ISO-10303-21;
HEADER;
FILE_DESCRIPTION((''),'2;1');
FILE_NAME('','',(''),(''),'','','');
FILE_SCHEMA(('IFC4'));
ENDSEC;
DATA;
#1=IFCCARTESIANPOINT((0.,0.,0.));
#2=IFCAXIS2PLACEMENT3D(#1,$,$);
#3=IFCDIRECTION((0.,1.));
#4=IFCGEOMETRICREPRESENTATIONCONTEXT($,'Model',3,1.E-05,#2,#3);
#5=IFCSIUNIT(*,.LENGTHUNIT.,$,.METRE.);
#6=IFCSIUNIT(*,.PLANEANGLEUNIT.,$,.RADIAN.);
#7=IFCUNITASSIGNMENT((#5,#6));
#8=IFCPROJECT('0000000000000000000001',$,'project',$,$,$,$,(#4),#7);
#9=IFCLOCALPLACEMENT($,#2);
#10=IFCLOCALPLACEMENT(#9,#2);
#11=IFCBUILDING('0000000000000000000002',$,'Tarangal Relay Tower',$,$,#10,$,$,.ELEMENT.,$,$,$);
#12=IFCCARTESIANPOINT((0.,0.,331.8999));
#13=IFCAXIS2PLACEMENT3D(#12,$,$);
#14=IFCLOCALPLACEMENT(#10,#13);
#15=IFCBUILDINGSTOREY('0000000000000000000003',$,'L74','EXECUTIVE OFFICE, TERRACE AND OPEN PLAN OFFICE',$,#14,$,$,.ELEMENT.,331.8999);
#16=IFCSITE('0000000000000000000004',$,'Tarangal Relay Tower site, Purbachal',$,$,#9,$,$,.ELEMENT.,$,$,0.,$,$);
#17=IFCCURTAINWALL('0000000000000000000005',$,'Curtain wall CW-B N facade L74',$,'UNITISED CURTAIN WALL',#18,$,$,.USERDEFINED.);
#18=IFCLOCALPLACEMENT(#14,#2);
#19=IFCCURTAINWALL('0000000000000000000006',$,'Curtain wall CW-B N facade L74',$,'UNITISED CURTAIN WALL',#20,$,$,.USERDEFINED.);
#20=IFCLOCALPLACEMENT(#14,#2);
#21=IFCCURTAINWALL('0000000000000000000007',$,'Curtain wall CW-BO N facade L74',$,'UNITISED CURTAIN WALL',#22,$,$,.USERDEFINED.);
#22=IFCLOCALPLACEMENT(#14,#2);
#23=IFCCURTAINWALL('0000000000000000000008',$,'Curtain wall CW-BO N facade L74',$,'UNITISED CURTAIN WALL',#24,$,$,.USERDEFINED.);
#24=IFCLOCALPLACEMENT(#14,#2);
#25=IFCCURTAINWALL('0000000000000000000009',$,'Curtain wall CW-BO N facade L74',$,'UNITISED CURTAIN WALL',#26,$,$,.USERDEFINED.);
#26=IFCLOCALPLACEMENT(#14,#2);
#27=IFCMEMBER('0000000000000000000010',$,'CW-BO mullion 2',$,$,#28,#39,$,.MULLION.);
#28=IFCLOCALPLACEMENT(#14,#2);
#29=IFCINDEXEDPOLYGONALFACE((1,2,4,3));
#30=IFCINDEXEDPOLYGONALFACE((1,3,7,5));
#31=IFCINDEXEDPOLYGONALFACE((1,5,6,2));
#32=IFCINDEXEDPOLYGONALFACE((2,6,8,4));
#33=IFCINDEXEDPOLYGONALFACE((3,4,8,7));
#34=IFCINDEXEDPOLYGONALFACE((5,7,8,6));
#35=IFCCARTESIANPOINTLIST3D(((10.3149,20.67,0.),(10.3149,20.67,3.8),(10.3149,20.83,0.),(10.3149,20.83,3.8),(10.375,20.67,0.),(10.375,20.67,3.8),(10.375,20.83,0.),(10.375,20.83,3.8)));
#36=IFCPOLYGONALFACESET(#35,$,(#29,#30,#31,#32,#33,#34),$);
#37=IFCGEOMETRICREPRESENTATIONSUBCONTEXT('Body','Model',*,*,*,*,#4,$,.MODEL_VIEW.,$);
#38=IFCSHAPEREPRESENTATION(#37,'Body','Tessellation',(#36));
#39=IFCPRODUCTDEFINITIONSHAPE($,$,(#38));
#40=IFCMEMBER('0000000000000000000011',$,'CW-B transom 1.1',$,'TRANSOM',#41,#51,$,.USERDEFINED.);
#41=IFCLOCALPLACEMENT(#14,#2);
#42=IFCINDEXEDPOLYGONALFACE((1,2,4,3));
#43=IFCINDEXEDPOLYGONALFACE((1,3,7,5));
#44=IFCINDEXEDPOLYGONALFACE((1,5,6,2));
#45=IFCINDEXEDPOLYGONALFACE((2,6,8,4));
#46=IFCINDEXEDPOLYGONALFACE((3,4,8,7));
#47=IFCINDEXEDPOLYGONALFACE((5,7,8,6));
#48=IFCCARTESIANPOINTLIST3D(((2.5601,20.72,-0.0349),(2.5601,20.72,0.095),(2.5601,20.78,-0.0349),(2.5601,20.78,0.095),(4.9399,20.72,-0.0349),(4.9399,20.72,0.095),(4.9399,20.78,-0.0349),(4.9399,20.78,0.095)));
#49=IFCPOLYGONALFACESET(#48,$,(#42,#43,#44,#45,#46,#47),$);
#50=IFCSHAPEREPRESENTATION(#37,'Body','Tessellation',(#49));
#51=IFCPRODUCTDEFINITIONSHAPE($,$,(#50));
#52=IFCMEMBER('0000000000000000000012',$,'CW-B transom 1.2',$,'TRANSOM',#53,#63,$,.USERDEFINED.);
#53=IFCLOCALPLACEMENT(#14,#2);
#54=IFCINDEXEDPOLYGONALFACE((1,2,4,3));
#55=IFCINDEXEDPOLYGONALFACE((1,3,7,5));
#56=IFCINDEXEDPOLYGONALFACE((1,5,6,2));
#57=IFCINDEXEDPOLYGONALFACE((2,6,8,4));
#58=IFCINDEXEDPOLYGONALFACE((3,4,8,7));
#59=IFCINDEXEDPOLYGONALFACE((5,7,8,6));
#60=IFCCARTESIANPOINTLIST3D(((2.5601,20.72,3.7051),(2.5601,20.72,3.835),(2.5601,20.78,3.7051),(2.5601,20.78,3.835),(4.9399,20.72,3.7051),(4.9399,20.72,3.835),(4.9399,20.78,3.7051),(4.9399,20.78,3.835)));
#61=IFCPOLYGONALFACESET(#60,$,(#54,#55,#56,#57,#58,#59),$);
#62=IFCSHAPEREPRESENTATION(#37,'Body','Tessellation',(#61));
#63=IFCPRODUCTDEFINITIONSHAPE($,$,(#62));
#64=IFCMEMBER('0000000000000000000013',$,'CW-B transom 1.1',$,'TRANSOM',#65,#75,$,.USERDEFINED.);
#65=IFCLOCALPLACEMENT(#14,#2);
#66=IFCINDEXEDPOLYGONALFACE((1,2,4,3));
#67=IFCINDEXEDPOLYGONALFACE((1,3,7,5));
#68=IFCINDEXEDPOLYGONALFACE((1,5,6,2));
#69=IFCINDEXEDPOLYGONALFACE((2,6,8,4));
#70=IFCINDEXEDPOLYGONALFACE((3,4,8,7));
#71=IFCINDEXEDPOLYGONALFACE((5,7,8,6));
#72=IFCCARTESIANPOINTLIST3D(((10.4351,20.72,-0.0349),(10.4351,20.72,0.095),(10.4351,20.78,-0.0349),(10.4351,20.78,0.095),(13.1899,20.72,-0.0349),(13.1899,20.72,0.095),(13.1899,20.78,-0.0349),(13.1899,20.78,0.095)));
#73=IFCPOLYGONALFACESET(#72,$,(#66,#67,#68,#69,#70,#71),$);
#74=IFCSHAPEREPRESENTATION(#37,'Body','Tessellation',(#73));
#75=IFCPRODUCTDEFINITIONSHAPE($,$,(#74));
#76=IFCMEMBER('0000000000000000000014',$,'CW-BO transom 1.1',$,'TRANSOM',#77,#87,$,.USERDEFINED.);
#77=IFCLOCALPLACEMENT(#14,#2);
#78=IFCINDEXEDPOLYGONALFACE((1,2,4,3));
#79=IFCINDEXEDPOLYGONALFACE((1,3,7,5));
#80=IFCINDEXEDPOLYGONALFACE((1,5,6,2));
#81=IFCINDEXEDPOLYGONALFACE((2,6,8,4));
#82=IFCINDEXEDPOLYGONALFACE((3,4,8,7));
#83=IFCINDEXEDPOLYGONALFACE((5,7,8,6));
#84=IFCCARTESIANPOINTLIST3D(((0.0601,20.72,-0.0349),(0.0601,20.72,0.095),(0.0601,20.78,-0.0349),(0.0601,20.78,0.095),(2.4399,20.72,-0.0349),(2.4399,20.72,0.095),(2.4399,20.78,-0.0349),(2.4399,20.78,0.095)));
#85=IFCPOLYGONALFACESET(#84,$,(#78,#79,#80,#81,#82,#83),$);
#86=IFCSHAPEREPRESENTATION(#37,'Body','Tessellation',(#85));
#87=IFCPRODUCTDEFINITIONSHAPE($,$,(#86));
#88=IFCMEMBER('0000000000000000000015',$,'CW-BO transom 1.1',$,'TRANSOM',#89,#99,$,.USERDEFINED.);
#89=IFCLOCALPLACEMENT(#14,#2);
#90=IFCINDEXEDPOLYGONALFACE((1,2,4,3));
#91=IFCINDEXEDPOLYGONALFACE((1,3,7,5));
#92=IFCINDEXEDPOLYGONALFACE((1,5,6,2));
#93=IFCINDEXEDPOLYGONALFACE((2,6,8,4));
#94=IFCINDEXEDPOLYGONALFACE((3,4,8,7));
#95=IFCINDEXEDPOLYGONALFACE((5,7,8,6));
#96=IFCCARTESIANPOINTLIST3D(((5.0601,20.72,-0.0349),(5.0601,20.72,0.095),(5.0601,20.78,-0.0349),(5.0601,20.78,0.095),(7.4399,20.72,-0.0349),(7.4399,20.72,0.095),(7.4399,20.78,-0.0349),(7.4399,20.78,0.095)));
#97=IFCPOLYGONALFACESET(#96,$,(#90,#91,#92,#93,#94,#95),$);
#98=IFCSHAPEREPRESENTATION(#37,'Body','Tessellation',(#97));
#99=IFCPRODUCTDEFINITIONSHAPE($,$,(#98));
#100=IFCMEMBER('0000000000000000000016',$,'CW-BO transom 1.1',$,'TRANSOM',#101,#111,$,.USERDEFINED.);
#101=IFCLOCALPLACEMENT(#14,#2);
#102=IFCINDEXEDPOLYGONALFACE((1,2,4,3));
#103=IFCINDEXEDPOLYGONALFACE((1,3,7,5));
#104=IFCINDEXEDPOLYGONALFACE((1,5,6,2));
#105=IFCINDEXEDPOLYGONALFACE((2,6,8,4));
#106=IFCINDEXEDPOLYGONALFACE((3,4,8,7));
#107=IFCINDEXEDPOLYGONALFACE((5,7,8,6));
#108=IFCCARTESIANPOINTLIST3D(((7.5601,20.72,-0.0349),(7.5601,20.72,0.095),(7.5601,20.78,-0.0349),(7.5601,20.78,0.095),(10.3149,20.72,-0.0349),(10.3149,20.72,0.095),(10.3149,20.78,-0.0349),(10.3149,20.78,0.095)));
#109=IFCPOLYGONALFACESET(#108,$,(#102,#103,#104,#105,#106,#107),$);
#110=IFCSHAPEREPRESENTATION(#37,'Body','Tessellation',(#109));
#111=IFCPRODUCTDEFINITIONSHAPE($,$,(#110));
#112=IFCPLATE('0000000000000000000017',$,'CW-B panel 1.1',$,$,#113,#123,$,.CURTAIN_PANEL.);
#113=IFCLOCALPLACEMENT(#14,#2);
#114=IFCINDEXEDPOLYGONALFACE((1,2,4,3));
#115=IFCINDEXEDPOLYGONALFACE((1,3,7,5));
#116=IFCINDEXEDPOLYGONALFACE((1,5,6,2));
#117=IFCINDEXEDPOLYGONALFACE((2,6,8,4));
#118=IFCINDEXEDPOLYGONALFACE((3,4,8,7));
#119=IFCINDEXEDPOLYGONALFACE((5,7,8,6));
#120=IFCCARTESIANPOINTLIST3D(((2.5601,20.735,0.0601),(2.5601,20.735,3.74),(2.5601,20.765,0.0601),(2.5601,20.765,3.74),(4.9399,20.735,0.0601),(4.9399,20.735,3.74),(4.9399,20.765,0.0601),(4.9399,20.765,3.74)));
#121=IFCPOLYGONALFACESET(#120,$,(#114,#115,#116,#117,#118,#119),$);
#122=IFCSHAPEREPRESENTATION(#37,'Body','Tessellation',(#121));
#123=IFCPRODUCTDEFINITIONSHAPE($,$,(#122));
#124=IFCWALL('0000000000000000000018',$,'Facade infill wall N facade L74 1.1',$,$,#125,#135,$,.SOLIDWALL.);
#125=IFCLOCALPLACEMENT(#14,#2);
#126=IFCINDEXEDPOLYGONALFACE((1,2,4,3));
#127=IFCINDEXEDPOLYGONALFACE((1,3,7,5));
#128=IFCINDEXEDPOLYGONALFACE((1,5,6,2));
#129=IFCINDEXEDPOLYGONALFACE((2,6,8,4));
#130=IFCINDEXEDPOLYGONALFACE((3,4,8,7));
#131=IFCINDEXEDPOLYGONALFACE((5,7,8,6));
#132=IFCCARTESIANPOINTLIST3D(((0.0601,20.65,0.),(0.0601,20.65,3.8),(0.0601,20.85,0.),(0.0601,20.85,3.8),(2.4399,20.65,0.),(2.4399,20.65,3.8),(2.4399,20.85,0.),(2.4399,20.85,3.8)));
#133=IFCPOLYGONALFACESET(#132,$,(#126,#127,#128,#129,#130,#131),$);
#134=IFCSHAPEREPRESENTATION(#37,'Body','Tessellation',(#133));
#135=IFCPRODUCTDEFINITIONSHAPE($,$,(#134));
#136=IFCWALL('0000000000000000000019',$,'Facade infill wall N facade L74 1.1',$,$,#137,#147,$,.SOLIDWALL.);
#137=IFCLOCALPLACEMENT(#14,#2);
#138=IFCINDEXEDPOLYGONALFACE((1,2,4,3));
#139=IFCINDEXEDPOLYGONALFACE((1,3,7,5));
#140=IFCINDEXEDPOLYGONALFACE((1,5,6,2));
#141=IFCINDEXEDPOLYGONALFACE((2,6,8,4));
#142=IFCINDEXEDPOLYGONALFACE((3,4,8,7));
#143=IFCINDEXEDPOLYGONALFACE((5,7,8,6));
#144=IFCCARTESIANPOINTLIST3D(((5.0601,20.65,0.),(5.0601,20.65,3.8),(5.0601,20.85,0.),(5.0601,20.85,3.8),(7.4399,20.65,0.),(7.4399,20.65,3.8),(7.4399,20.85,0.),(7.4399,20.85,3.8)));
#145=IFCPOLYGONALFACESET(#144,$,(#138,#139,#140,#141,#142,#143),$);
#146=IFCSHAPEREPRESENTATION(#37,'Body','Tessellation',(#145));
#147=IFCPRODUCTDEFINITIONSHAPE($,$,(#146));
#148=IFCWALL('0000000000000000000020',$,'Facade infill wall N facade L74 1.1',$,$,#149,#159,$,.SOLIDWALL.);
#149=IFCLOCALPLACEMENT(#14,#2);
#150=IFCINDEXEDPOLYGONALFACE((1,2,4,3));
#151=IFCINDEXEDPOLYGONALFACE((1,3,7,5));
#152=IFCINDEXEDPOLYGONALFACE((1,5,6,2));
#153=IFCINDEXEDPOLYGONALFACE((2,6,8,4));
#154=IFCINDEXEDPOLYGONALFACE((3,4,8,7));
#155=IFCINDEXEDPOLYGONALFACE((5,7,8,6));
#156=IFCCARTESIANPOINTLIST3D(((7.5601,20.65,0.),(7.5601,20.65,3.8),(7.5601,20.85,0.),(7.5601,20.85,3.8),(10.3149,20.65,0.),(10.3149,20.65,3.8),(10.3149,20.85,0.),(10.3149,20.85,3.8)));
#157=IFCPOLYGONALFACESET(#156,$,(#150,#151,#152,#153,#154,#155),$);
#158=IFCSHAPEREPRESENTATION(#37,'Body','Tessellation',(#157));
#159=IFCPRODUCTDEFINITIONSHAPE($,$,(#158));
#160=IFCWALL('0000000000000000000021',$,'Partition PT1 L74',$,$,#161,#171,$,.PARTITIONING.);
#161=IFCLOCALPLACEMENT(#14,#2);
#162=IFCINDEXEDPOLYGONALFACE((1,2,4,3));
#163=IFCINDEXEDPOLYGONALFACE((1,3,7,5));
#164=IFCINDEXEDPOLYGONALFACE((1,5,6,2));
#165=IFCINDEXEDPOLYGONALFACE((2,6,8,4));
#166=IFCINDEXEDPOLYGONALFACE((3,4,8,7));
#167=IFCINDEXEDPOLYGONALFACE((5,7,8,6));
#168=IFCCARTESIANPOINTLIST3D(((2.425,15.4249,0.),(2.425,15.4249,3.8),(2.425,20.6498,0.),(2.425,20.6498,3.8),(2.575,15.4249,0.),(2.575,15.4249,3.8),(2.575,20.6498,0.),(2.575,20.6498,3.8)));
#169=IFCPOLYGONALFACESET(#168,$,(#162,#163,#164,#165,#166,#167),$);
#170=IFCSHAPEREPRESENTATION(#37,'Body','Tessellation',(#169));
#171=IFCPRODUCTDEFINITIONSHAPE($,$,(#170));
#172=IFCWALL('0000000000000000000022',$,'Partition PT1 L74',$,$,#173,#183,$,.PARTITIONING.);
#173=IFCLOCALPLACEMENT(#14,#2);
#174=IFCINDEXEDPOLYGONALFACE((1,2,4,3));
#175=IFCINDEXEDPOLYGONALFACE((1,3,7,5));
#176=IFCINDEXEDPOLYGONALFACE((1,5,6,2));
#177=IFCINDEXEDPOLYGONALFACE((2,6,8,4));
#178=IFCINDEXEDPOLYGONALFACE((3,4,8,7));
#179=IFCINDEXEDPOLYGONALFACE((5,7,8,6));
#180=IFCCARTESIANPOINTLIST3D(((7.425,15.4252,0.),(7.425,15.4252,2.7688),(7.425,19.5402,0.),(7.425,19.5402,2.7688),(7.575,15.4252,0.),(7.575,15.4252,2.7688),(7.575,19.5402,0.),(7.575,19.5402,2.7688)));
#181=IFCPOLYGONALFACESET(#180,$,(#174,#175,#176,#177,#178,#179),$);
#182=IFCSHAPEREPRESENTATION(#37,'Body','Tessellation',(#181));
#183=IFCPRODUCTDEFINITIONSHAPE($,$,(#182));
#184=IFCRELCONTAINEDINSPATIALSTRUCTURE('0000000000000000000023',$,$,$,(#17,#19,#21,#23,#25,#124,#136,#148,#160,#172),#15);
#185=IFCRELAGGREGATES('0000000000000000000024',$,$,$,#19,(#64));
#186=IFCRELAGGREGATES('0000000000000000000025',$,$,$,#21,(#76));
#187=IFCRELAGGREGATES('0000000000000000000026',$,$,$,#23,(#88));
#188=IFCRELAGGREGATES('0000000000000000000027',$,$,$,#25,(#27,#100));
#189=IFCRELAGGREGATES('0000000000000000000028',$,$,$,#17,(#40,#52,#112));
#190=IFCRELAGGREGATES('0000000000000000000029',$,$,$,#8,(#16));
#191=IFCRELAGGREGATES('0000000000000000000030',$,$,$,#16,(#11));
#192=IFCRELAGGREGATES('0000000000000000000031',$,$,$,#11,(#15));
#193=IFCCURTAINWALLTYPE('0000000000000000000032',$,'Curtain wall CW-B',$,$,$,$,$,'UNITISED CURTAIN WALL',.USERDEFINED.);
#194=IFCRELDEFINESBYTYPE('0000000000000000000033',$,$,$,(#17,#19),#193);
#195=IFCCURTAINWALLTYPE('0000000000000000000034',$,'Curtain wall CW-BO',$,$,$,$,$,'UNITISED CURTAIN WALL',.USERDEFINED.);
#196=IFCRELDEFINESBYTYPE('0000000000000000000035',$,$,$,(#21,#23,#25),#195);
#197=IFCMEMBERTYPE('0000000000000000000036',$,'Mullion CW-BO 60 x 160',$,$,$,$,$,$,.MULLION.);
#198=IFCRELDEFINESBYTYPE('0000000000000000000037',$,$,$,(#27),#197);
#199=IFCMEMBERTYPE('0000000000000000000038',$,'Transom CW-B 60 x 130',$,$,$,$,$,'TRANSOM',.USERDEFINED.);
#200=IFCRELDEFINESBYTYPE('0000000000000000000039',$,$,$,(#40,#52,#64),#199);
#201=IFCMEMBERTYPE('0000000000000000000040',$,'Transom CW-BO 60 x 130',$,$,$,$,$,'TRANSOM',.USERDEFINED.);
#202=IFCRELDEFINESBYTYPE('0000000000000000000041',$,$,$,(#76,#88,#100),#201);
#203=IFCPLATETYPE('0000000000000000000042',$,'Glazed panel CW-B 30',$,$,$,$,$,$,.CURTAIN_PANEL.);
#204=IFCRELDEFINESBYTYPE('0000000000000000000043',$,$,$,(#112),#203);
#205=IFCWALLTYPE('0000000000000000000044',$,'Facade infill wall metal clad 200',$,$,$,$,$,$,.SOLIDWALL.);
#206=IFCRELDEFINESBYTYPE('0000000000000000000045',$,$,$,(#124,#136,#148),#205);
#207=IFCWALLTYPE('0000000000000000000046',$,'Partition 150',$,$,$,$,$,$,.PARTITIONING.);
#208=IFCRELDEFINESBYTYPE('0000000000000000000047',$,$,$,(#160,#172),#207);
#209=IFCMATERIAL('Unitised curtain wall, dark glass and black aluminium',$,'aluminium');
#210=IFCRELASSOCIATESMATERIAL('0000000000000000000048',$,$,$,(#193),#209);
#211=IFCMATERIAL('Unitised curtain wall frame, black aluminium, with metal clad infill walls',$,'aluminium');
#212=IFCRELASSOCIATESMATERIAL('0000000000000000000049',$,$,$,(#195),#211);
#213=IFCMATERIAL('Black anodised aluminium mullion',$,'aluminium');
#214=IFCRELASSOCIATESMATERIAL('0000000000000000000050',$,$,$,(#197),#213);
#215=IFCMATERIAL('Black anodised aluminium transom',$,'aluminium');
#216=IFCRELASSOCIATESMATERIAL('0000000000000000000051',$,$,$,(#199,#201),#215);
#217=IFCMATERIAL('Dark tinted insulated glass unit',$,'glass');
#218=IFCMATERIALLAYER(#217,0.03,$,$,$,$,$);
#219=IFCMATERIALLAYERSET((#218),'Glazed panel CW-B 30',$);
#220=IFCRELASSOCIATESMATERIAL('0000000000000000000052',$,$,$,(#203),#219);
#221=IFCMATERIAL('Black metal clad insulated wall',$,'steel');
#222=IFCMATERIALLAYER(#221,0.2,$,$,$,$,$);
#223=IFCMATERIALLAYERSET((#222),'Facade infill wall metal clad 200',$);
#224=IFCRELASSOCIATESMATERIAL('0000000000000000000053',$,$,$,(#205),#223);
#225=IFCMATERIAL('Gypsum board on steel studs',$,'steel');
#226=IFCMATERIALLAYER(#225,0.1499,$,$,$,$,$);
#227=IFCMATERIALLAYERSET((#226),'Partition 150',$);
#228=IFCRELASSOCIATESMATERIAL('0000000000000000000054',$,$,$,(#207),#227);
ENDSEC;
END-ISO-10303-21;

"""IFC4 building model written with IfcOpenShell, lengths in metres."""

from ifc_helpers import new_model, si_unit, direction, frame, frame_2d, origin, origin_2d, place, context, subcontext, project, spatial, rectangle, extrude, material, layer, layer_set, material_profile, profile_set, type_object, element, aggregate, save


model = new_model("IFC4")

# Units and contexts
model_context = context("Model", 3, precision=1e-05, world=origin(), true_north=direction((0.0, 1.0)))
body_context = subcontext(model_context, "Body", "Model", "MODEL_VIEW")
ifc_project = project(units=[si_unit("LENGTHUNIT", "METRE"), si_unit("PLANEANGLEUNIT", "RADIAN")], contexts=[model_context])

# Site, building, storey
site_placement = place(None, origin())
site = spatial("IfcSite", under=ifc_project, at=site_placement, Name="Tarangal Relay Tower site, Purbachal", CompositionType="ELEMENT", RefElevation=0.0)
building_placement = place(site_placement, origin())
building = spatial("IfcBuilding", under=site, at=building_placement, Name="Tarangal Relay Tower", CompositionType="ELEMENT")
storey_placement = place(building_placement, frame((0.0, 0.0, 331.8999)))
storey = spatial("IfcBuildingStorey", under=building, at=storey_placement, Name="L74", Description="EXECUTIVE OFFICE, TERRACE AND OPEN PLAN OFFICE", CompositionType="ELEMENT", Elevation=331.8999)

# Curtain wall
ifc_material_1 = material(Name="Unitised curtain wall, dark glass and black aluminium", Category="aluminium")
curtain_wall_type_1 = type_object("IfcCurtainWallType", Name="Curtain wall CW-B", ElementType="UNITISED CURTAIN WALL", PredefinedType="USERDEFINED", material=ifc_material_1)
curtain_wall_1_placement = place(storey_placement, origin())
curtain_wall_1 = element("IfcCurtainWall", 1, at=curtain_wall_1_placement, inside=storey, type_object=curtain_wall_type_1, Name="Curtain wall CW-B N facade L74", ObjectType="UNITISED CURTAIN WALL", PredefinedType="USERDEFINED")
ifc_material_2 = material(Name="Black anodised aluminium mullion", Category="aluminium")

# Curtain wall
curtain_wall_2_placement = place(storey_placement, origin())
curtain_wall_2 = element("IfcCurtainWall", 2, at=curtain_wall_2_placement, inside=storey, type_object=curtain_wall_type_1, Name="Curtain wall CW-B N facade L74", ObjectType="UNITISED CURTAIN WALL", PredefinedType="USERDEFINED")

# Curtain walls, member
ifc_material_3 = material(Name="Unitised curtain wall frame, black aluminium, with metal clad infill walls", Category="aluminium")
curtain_wall_type_2 = type_object("IfcCurtainWallType", Name="Curtain wall CW-BO", ElementType="UNITISED CURTAIN WALL", PredefinedType="USERDEFINED", material=ifc_material_3)
curtain_wall_3_placement = place(storey_placement, origin())
curtain_wall_3 = element("IfcCurtainWall", 3, at=curtain_wall_3_placement, inside=storey, type_object=curtain_wall_type_2, Name="Curtain wall CW-BO N facade L74", ObjectType="UNITISED CURTAIN WALL", PredefinedType="USERDEFINED")
ifc_material_profile_1 = material_profile(ifc_material_2, rectangle(XDim=0.1599, YDim=0.0601, at=origin_2d()), Name="CW-BOM 60X160")
ifc_profile_set_1 = profile_set([ifc_material_profile_1], Name="Black anodised aluminium mullion")
member_type_1 = type_object("IfcMemberType", Name="Mullion CW-BO 60 x 160", PredefinedType="MULLION", material=ifc_profile_set_1)
curtain_wall_4_placement = place(storey_placement, origin())
curtain_wall_4 = element("IfcCurtainWall", 4, at=curtain_wall_4_placement, inside=storey, type_object=curtain_wall_type_2, Name="Curtain wall CW-BO N facade L74", ObjectType="UNITISED CURTAIN WALL", PredefinedType="USERDEFINED")
curtain_wall_5_placement = place(storey_placement, origin())
curtain_wall_5 = element("IfcCurtainWall", 5, at=curtain_wall_5_placement, inside=storey, type_object=curtain_wall_type_2, Name="Curtain wall CW-BO N facade L74", ObjectType="UNITISED CURTAIN WALL", PredefinedType="USERDEFINED")
member_1_placement = place(storey_placement, frame((10.345, 20.75, 0.0), z_axis=(0.0, 0.0, 1.0), x_axis=(0.0, 1.0, 0.0)))
member_1 = element("IfcMember", 6, at=member_1_placement, type_object=member_type_1, Name="CW-BO mullion 2", PredefinedType="MULLION", context=body_context, shape_type="SweptSolid", body=[
    extrude(rectangle(XDim=0.1599, YDim=0.0601, at=origin_2d()), origin(), (0.0, 0.0, 1.0), 3.8),
])

# Members
ifc_material_4 = material(Name="Black anodised aluminium transom", Category="aluminium")
ifc_material_profile_2 = material_profile(ifc_material_4, rectangle(XDim=0.0601, YDim=0.1299, at=origin_2d()), Name="CW-BT 60X130")
ifc_profile_set_2 = profile_set([ifc_material_profile_2], Name="Black anodised aluminium transom")
member_type_2 = type_object("IfcMemberType", Name="Transom CW-B 60 x 130", ElementType="TRANSOM", PredefinedType="USERDEFINED", material=ifc_profile_set_2)
member_2_placement = place(storey_placement, frame((2.5601, 20.75, 0.03), z_axis=(1.0, 0.0, 0.0), x_axis=(0.0, 1.0, 0.0)))
member_2 = element("IfcMember", 7, at=member_2_placement, type_object=member_type_2, Name="CW-B transom 1.1", ObjectType="TRANSOM", PredefinedType="USERDEFINED", context=body_context, shape_type="SweptSolid", body=[
    extrude(rectangle(XDim=0.0601, YDim=0.1299, at=origin_2d()), origin(), (0.0, 0.0, 1.0), 2.3799),
])
member_3_placement = place(storey_placement, frame((2.5601, 20.75, 3.77), z_axis=(1.0, 0.0, 0.0), x_axis=(0.0, 1.0, 0.0)))
member_3 = element("IfcMember", 8, at=member_3_placement, type_object=member_type_2, Name="CW-B transom 1.2", ObjectType="TRANSOM", PredefinedType="USERDEFINED", context=body_context, shape_type="SweptSolid", body=[
    extrude(rectangle(XDim=0.0601, YDim=0.1299, at=origin_2d()), origin(), (0.0, 0.0, 1.0), 2.3799),
])
member_4_placement = place(storey_placement, frame((10.4351, 20.75, 0.03), z_axis=(1.0, 0.0, 0.0), x_axis=(0.0, 1.0, 0.0)))
member_4 = element("IfcMember", 9, at=member_4_placement, type_object=member_type_2, Name="CW-B transom 1.1", ObjectType="TRANSOM", PredefinedType="USERDEFINED", context=body_context, shape_type="SweptSolid", body=[
    extrude(rectangle(XDim=0.0601, YDim=0.1299, at=origin_2d()), origin(), (0.0, 0.0, 1.0), 2.7549),
])
aggregate(curtain_wall_2, [member_4])
ifc_material_profile_3 = material_profile(ifc_material_4, rectangle(XDim=0.0601, YDim=0.1299, at=origin_2d()), Name="CW-BOT 60X130")
ifc_profile_set_3 = profile_set([ifc_material_profile_3], Name="Black anodised aluminium transom")
member_type_3 = type_object("IfcMemberType", Name="Transom CW-BO 60 x 130", ElementType="TRANSOM", PredefinedType="USERDEFINED", material=ifc_profile_set_3)
member_5_placement = place(storey_placement, frame((0.0601, 20.75, 0.03), z_axis=(1.0, 0.0, 0.0), x_axis=(0.0, 1.0, 0.0)))
member_5 = element("IfcMember", 10, at=member_5_placement, type_object=member_type_3, Name="CW-BO transom 1.1", ObjectType="TRANSOM", PredefinedType="USERDEFINED", context=body_context, shape_type="SweptSolid", body=[
    extrude(rectangle(XDim=0.0601, YDim=0.1299, at=origin_2d()), origin(), (0.0, 0.0, 1.0), 2.3799),
])
aggregate(curtain_wall_3, [member_5])
member_6_placement = place(storey_placement, frame((5.0601, 20.75, 0.03), z_axis=(1.0, 0.0, 0.0), x_axis=(0.0, 1.0, 0.0)))
member_6 = element("IfcMember", 11, at=member_6_placement, type_object=member_type_3, Name="CW-BO transom 1.1", ObjectType="TRANSOM", PredefinedType="USERDEFINED", context=body_context, shape_type="SweptSolid", body=[
    extrude(rectangle(XDim=0.0601, YDim=0.1299, at=origin_2d()), origin(), (0.0, 0.0, 1.0), 2.3799),
])
aggregate(curtain_wall_4, [member_6])
member_7_placement = place(storey_placement, frame((7.5601, 20.75, 0.03), z_axis=(1.0, 0.0, 0.0), x_axis=(0.0, 1.0, 0.0)))
member_7 = element("IfcMember", 12, at=member_7_placement, type_object=member_type_3, Name="CW-BO transom 1.1", ObjectType="TRANSOM", PredefinedType="USERDEFINED", context=body_context, shape_type="SweptSolid", body=[
    extrude(rectangle(XDim=0.0601, YDim=0.1299, at=origin_2d()), origin(), (0.0, 0.0, 1.0), 2.7549),
])
aggregate(curtain_wall_5, [member_1, member_7])

# Plate
ifc_material_5 = material(Name="Dark tinted insulated glass unit", Category="glass")
ifc_layer_1 = layer(ifc_material_5, 0.03)
ifc_layer_set_1 = layer_set([ifc_layer_1], Name="Glazed panel CW-B 30")
plate_type = type_object("IfcPlateType", Name="Glazed panel CW-B 30", PredefinedType="CURTAIN_PANEL", material=ifc_layer_set_1)
plate_placement = place(storey_placement, frame((3.75, 20.75, 0.0601), z_axis=(0.0, 0.0, 1.0), x_axis=(1.0, 0.0, 0.0)))
plate = element("IfcPlate", 13, at=plate_placement, type_object=plate_type, Name="CW-B panel 1.1", PredefinedType="CURTAIN_PANEL", context=body_context, shape_type="SweptSolid", body=[
    extrude(rectangle(XDim=2.3799, YDim=0.03, at=origin_2d()), origin(), (0.0, 0.0, 1.0), 3.6799),
])
aggregate(curtain_wall_1, [member_2, member_3, plate])

# Walls
ifc_material_6 = material(Name="Black metal clad insulated wall", Category="steel")
ifc_layer_2 = layer(ifc_material_6, 0.2)
ifc_layer_set_2 = layer_set([ifc_layer_2], Name="Facade infill wall metal clad 200")
wall_type_1 = type_object("IfcWallType", Name="Facade infill wall metal clad 200", PredefinedType="SOLIDWALL", material=ifc_layer_set_2)
for number, where, z_axis, x_axis, name in (
    (14, (0.0601, 20.75, 0.0), (0.0, 0.0, 1.0), (1.0, 0.0, 0.0), "Facade infill wall N facade L74 1.1"),
    (15, (5.0601, 20.75, 0.0), (0.0, 0.0, 1.0), (1.0, 0.0, 0.0), "Facade infill wall N facade L74 1.1"),
):
    element("IfcWall", number, at=place(storey_placement, frame(where, z_axis=z_axis, x_axis=x_axis)), inside=storey, type_object=wall_type_1, Name=name, PredefinedType="SOLIDWALL", context=body_context, shape_type="SweptSolid", body=[
        extrude(rectangle(XDim=2.3799, YDim=0.2, at=frame_2d((1.1899, 0.0))), origin(), (0.0, 0.0, 1.0), 3.8),
    ])
wall_1_placement = place(storey_placement, frame((7.5601, 20.75, 0.0), z_axis=(0.0, 0.0, 1.0), x_axis=(1.0, 0.0, 0.0)))
element("IfcWall", 16, at=wall_1_placement, inside=storey, type_object=wall_type_1, Name="Facade infill wall N facade L74 1.1", PredefinedType="SOLIDWALL", context=body_context, shape_type="SweptSolid", body=[
    extrude(rectangle(XDim=2.7549, YDim=0.2, at=frame_2d((1.3774, 0.0))), origin(), (0.0, 0.0, 1.0), 3.8),
])
ifc_material_7 = material(Name="Gypsum board on steel studs", Category="steel")
ifc_layer_3 = layer(ifc_material_7, 0.1499)
ifc_layer_set_3 = layer_set([ifc_layer_3], Name="Partition 150")
wall_type_2 = type_object("IfcWallType", Name="Partition 150", PredefinedType="PARTITIONING", material=ifc_layer_set_3)
wall_2_placement = place(storey_placement, frame((2.5, 15.425, 0.0), z_axis=(0.0, 0.0, 1.0), x_axis=(0.0, 1.0, 0.0)))
element("IfcWall", 17, at=wall_2_placement, inside=storey, type_object=wall_type_2, Name="Partition PT1 L74", PredefinedType="PARTITIONING", context=body_context, shape_type="SweptSolid", body=[
    extrude(rectangle(XDim=5.2249, YDim=0.1499, at=frame_2d((2.6123, 0.0))), origin(), (0.0, 0.0, 1.0), 3.8),
])
wall_3_placement = place(storey_placement, frame((7.5, 15.425, 0.0), z_axis=(0.0, 0.0, 1.0), x_axis=(0.0, 1.0, 0.0)))
element("IfcWall", 18, at=wall_3_placement, inside=storey, type_object=wall_type_2, Name="Partition PT1 L74", PredefinedType="PARTITIONING", context=body_context, shape_type="SweptSolid", body=[
    extrude(rectangle(XDim=4.115, YDim=0.1499, at=frame_2d((2.0576, 0.0))), origin(), (0.0, 0.0, 1.0), 2.7688),
])

save(model, "model.ifc")
